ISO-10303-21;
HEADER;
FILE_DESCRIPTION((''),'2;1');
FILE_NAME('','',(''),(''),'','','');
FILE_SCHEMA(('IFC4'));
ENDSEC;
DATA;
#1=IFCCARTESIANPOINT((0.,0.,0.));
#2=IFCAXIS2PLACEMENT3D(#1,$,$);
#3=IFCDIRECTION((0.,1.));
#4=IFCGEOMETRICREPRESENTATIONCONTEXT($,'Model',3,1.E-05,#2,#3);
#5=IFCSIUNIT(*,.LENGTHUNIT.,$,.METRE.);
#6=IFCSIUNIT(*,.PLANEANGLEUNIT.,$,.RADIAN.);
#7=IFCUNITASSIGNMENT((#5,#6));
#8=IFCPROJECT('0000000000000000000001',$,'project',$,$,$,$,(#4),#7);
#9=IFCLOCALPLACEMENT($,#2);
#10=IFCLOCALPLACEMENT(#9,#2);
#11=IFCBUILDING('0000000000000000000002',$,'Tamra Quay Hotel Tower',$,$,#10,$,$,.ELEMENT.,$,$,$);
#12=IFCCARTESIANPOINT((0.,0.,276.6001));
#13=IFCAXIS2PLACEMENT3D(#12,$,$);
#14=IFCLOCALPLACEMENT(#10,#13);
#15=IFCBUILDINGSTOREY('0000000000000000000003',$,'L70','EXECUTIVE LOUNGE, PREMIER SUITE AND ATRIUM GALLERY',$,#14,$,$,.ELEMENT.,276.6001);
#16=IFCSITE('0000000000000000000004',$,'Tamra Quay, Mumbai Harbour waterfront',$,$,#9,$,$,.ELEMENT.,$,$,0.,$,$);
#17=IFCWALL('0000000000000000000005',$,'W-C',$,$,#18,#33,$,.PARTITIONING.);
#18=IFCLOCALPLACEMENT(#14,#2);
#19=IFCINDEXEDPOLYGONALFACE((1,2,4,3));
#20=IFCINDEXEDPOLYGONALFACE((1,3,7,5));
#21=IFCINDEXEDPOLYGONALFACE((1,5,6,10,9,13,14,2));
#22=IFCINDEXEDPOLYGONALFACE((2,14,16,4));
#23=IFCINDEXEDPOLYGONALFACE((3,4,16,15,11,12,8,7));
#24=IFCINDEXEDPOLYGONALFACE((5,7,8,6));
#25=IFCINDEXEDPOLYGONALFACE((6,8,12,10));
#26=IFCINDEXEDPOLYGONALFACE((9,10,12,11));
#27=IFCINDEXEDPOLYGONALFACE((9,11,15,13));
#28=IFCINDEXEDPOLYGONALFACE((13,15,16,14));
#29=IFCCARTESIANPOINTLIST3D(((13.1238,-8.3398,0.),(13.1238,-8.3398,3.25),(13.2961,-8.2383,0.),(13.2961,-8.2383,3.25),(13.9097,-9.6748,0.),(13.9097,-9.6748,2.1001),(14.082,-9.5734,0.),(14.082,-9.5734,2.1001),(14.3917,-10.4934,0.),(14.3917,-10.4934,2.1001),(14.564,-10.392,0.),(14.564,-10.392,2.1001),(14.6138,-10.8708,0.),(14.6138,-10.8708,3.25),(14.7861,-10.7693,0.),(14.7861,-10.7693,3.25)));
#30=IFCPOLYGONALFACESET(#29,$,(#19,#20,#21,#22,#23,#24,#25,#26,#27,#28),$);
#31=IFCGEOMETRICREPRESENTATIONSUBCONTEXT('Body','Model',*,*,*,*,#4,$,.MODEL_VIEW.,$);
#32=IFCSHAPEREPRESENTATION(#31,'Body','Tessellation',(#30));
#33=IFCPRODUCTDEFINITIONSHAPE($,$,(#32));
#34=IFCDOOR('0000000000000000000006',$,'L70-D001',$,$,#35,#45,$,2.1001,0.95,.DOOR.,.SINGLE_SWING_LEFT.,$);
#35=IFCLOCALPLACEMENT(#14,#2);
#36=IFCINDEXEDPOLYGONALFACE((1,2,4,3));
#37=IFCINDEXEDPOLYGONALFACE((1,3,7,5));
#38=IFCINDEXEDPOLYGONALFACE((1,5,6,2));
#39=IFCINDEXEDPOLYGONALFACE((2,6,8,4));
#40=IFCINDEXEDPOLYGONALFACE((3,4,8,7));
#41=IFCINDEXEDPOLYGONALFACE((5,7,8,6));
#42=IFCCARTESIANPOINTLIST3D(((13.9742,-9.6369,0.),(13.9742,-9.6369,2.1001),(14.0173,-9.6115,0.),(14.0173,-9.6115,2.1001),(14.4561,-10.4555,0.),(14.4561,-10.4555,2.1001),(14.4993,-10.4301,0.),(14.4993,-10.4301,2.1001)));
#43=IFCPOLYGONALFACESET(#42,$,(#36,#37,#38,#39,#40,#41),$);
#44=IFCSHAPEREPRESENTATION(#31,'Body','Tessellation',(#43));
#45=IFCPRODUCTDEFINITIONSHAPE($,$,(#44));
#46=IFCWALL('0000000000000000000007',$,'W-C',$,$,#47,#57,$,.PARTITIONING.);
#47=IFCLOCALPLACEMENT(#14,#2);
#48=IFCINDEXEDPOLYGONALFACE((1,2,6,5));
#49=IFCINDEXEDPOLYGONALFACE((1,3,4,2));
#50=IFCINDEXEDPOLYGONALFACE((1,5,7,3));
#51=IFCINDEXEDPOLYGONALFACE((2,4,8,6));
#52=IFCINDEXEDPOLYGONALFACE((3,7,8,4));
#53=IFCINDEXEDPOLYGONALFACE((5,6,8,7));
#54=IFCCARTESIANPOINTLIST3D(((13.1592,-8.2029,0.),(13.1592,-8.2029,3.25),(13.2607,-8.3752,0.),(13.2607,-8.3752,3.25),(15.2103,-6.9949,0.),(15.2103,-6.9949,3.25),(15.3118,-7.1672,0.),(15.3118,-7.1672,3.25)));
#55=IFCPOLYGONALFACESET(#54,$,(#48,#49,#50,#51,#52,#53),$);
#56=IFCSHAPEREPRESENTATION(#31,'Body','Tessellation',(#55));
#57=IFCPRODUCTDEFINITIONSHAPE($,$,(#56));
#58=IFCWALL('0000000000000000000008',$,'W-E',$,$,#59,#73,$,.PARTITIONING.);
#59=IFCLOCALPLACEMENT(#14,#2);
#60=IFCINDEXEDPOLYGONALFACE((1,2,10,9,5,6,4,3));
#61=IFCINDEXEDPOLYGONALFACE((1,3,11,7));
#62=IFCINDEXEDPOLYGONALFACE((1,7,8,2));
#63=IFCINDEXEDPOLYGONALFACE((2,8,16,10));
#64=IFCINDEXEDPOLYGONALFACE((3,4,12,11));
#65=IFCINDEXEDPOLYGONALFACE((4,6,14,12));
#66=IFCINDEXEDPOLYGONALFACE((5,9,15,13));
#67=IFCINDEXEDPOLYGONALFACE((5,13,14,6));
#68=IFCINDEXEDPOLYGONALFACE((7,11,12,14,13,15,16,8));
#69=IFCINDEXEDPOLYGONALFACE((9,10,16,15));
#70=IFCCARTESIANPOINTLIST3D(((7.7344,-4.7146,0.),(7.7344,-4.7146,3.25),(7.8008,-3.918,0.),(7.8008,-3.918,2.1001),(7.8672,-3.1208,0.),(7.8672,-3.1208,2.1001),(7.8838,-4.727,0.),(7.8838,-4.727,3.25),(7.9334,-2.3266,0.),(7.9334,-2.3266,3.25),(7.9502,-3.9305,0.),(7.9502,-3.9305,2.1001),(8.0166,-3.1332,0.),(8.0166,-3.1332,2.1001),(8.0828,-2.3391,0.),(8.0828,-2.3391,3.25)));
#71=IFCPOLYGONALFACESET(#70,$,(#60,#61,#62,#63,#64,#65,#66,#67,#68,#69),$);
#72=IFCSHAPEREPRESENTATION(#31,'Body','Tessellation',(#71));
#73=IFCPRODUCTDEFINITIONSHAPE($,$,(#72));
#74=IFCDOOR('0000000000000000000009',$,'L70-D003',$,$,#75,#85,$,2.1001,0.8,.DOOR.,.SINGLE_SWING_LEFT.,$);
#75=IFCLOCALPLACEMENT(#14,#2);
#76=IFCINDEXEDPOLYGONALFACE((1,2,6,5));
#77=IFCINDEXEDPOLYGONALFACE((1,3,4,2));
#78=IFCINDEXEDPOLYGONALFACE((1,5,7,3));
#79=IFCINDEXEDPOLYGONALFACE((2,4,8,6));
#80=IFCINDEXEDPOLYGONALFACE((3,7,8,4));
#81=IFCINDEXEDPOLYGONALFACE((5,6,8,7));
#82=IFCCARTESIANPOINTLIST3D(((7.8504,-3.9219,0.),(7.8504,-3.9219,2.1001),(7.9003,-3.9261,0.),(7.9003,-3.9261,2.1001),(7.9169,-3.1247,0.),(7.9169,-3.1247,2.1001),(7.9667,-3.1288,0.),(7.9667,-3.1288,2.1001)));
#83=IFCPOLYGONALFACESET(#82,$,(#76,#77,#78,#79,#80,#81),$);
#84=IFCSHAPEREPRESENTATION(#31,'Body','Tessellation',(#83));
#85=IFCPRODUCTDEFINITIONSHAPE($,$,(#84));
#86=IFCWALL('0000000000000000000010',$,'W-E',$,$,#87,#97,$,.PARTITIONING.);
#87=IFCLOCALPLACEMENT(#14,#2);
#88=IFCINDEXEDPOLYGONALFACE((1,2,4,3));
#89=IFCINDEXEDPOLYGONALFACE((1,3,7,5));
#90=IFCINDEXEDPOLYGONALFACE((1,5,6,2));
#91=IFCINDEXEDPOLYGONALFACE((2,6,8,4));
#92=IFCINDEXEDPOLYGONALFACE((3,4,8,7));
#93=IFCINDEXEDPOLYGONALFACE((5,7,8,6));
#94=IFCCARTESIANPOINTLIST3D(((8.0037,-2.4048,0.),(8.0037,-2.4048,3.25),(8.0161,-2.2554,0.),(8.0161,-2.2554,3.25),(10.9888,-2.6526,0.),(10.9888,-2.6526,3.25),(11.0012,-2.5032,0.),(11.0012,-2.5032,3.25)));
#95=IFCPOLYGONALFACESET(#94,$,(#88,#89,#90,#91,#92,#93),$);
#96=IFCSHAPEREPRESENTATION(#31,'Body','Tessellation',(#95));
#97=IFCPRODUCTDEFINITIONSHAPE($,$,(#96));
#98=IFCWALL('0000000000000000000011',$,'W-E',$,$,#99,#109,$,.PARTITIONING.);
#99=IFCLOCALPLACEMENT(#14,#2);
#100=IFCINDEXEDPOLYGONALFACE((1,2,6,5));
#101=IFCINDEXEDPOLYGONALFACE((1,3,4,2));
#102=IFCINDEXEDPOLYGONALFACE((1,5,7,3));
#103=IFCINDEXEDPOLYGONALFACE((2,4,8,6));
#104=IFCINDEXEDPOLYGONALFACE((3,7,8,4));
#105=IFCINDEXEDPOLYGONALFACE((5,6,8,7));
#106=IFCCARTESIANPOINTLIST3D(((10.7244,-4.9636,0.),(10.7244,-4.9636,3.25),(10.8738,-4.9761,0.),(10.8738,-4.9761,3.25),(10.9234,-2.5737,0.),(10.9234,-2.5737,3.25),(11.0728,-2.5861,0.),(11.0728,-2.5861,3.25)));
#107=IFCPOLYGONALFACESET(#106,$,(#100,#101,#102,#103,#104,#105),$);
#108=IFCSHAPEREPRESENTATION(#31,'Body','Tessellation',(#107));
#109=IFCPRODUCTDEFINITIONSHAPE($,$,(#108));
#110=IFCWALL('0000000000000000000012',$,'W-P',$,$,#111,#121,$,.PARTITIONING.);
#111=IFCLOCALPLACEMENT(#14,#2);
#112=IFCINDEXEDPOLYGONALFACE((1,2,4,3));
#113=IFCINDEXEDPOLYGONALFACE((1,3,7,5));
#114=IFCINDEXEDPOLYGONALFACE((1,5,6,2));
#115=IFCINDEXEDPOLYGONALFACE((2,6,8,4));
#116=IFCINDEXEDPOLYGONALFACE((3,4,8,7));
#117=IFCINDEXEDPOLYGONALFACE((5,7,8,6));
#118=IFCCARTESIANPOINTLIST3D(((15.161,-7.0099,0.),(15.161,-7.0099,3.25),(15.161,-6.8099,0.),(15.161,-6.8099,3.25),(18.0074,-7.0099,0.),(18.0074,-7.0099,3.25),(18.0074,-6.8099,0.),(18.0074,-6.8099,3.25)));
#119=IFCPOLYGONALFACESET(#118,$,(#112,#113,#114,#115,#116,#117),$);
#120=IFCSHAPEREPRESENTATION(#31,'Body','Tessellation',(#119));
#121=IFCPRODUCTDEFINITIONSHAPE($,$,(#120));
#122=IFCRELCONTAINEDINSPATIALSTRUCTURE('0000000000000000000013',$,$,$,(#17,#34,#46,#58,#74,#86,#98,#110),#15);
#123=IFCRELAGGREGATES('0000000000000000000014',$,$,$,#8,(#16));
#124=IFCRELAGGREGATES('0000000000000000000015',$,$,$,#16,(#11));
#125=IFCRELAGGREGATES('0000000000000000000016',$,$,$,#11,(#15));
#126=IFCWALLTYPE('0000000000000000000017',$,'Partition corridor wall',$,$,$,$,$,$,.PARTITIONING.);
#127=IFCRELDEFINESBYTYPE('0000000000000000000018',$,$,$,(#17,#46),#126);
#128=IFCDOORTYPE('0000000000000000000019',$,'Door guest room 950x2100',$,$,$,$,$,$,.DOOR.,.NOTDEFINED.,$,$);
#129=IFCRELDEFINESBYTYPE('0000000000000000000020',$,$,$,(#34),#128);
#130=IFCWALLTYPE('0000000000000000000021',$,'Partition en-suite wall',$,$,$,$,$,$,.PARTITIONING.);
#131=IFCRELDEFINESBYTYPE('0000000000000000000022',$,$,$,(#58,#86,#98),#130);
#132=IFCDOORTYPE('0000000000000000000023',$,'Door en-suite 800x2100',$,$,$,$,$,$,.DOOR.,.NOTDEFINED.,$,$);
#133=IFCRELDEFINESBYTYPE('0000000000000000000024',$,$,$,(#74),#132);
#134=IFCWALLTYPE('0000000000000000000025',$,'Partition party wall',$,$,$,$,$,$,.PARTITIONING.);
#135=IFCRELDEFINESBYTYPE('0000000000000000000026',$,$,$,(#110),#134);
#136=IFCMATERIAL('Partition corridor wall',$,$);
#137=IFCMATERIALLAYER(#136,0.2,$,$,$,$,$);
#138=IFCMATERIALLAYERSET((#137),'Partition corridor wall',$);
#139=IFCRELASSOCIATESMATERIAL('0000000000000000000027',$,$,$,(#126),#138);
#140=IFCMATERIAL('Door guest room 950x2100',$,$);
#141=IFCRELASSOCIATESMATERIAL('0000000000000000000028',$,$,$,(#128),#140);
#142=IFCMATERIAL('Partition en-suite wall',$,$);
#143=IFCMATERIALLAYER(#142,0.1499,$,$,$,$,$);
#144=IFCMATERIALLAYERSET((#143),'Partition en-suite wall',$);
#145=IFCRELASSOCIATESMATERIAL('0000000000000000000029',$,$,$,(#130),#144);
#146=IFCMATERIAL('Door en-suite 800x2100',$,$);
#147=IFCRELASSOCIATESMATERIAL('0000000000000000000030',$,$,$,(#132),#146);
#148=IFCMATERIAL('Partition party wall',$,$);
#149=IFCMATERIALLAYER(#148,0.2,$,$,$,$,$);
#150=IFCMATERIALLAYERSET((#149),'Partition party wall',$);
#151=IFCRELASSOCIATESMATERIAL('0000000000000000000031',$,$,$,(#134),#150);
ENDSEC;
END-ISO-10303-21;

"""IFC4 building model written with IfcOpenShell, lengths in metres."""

from ifc_helpers import new_model, si_unit, direction, frame, frame_2d, origin, place, context, subcontext, project, spatial, rectangle, extrude, material, layer, layer_set, type_object, element, fill, save


model = new_model("IFC4")

# Units and contexts
model_context = context("Model", 3, precision=1e-05, world=origin(), true_north=direction((0.0, 1.0)))
body_context = subcontext(model_context, "Body", "Model", "MODEL_VIEW")
ifc_project = project(units=[si_unit("LENGTHUNIT", "METRE"), si_unit("PLANEANGLEUNIT", "RADIAN")], contexts=[model_context])

# Site, building, storey
site_placement = place(None, origin())
site = spatial("IfcSite", under=ifc_project, at=site_placement, Name="Tamra Quay, Mumbai Harbour waterfront", CompositionType="ELEMENT", RefElevation=0.0)
building_placement = place(site_placement, origin())
building = spatial("IfcBuilding", under=site, at=building_placement, Name="Tamra Quay Hotel Tower", CompositionType="ELEMENT")
storey_placement = place(building_placement, frame((0.0, 0.0, 276.6001)))
storey = spatial("IfcBuildingStorey", under=building, at=storey_placement, Name="L70", Description="EXECUTIVE LOUNGE, PREMIER SUITE AND ATRIUM GALLERY", CompositionType="ELEMENT", Elevation=276.6001)

# Shared definitions
ifc_material_1 = material(Name="Partition corridor wall")
ifc_layer_1 = layer(ifc_material_1, 0.2)
ifc_layer_set_1 = layer_set([ifc_layer_1], Name="Partition corridor wall")
wall_type_1 = type_object("IfcWallType", Name="Partition corridor wall", PredefinedType="PARTITIONING", material=ifc_layer_set_1)

# Wall, opening, door
wall_1_placement = place(storey_placement, frame((13.21, -8.2891, 0.0), z_axis=(0.0, 0.0, 1.0), x_axis=(0.507314, -0.861761, 0.0)))
wall_1 = element("IfcWall", 1, at=wall_1_placement, inside=storey, type_object=wall_type_1, Name="W-C", PredefinedType="PARTITIONING", context=body_context, shape_type="SweptSolid", body=[
    extrude(rectangle(XDim=2.937, YDim=0.2, at=frame_2d((1.4685, 0.0))), origin(), (0.0, 0.0, 1.0), 3.25),
])
opening_1_placement = place(wall_1_placement, frame((1.5491, 0.0, 0.0)))
opening_1 = element("IfcOpeningElement", 2, at=opening_1_placement, cuts=wall_1, PredefinedType="OPENING", context=body_context, shape_type="SweptSolid", body=[
    extrude(rectangle(XDim=0.95, YDim=2.1001, at=frame_2d((0.4751, 1.05))), frame((0.0, 0.1099, 0.0), z_axis=(0.0, -1.0, 0.0), x_axis=(1.0, 0.0, 0.0)), (0.0, 0.0, 1.0), 0.22),
])
ifc_material_2 = material(Name="Door guest room 950x2100")
door_type_1 = type_object("IfcDoorType", Name="Door guest room 950x2100", OperationType="NOTDEFINED", PredefinedType="DOOR", material=ifc_material_2)
door_1_placement = place(opening_1_placement, origin())
door_1 = element("IfcDoor", 3, at=door_1_placement, inside=storey, type_object=door_type_1, Name="L70-D001", OperationType="SINGLE_SWING_LEFT", OverallHeight=2.1001, OverallWidth=0.95, PredefinedType="DOOR", context=body_context, shape_type="SweptSolid", body=[
    extrude(rectangle(XDim=0.95, YDim=2.1001, at=frame_2d((0.4751, 1.05))), frame((0.0, 0.0249, 0.0), z_axis=(0.0, -1.0, 0.0), x_axis=(1.0, 0.0, 0.0)), (0.0, 0.0, 1.0), 0.05),
])
fill(opening_1, door_1)

# Wall
wall_2_placement = place(storey_placement, frame((13.21, -8.2891, 0.0), z_axis=(0.0, 0.0, 1.0), x_axis=(0.861655, 0.507495, 0.0)))
element("IfcWall", 4, at=wall_2_placement, inside=storey, type_object=wall_type_1, Name="W-C", PredefinedType="PARTITIONING", context=body_context, shape_type="SweptSolid", body=[
    extrude(rectangle(XDim=2.3804, YDim=0.2, at=frame_2d((1.1902, 0.0))), origin(), (0.0, 0.0, 1.0), 3.25),
])

# Wall, opening, door
ifc_material_3 = material(Name="Partition en-suite wall")
ifc_layer_2 = layer(ifc_material_3, 0.1499)
ifc_layer_set_2 = layer_set([ifc_layer_2], Name="Partition en-suite wall")
wall_type_2 = type_object("IfcWallType", Name="Partition en-suite wall", PredefinedType="PARTITIONING", material=ifc_layer_set_2)
wall_3_placement = place(storey_placement, frame((7.8091, -4.7209, 0.0), z_axis=(0.0, 0.0, 1.0), x_axis=(0.083037, 0.996546, 0.0)))
wall_3 = element("IfcWall", 5, at=wall_3_placement, inside=storey, type_object=wall_type_2, Name="W-E", PredefinedType="PARTITIONING", context=body_context, shape_type="SweptSolid", body=[
    extrude(rectangle(XDim=2.3962, YDim=0.1499, at=frame_2d((1.1982, 0.0))), origin(), (0.0, 0.0, 1.0), 3.25),
])
opening_2_placement = place(wall_3_placement, frame((0.7996, 0.0, 0.0)))
opening_2 = element("IfcOpeningElement", 6, at=opening_2_placement, cuts=wall_3, PredefinedType="OPENING", context=body_context, shape_type="SweptSolid", body=[
    extrude(rectangle(XDim=0.8, YDim=2.1001, at=frame_2d((0.3999, 1.05))), frame((0.0, 0.085, 0.0), z_axis=(0.0, -1.0, 0.0), x_axis=(1.0, 0.0, 0.0)), (0.0, 0.0, 1.0), 0.1699),
])
ifc_material_4 = material(Name="Door en-suite 800x2100")
door_type_2 = type_object("IfcDoorType", Name="Door en-suite 800x2100", OperationType="NOTDEFINED", PredefinedType="DOOR", material=ifc_material_4)
door_2_placement = place(opening_2_placement, frame((0.8, 0.0, 0.0), z_axis=(0.0, 0.0, 1.0), x_axis=(-1.0, 0.0, 0.0)))
door_2 = element("IfcDoor", 7, at=door_2_placement, inside=storey, type_object=door_type_2, Name="L70-D003", OperationType="SINGLE_SWING_LEFT", OverallHeight=2.1001, OverallWidth=0.8, PredefinedType="DOOR", context=body_context, shape_type="SweptSolid", body=[
    extrude(rectangle(XDim=0.8, YDim=2.1001, at=frame_2d((0.3999, 1.05))), frame((0.0, 0.0249, 0.0), z_axis=(0.0, -1.0, 0.0), x_axis=(1.0, 0.0, 0.0)), (0.0, 0.0, 1.0), 0.05),
])
fill(opening_2, door_2)

# Walls
wall_4_placement = place(storey_placement, frame((8.01, -2.3301, 0.0), z_axis=(0.0, 0.0, 1.0), x_axis=(0.996572, -0.082728, 0.0)))
element("IfcWall", 8, at=wall_4_placement, inside=storey, type_object=wall_type_2, Name="W-E", PredefinedType="PARTITIONING", context=body_context, shape_type="SweptSolid", body=[
    extrude(rectangle(XDim=2.9954, YDim=0.1499, at=frame_2d((1.4976, 0.0))), origin(), (0.0, 0.0, 1.0), 3.25),
])
wall_5_placement = place(storey_placement, frame((10.7991, -4.97, 0.0), z_axis=(0.0, 0.0, 1.0), x_axis=(0.08297, 0.996552, 0.0)))
element("IfcWall", 9, at=wall_5_placement, inside=storey, type_object=wall_type_2, Name="W-E", PredefinedType="PARTITIONING", context=body_context, shape_type="SweptSolid", body=[
    extrude(rectangle(XDim=2.3982, YDim=0.1499, at=frame_2d((1.1992, 0.0))), origin(), (0.0, 0.0, 1.0), 3.25),
])
ifc_material_5 = material(Name="Partition party wall")
ifc_layer_3 = layer(ifc_material_5, 0.2)
ifc_layer_set_3 = layer_set([ifc_layer_3], Name="Partition party wall")
wall_type_3 = type_object("IfcWallType", Name="Partition party wall", PredefinedType="PARTITIONING", material=ifc_layer_set_3)
wall_6_placement = place(storey_placement, frame((15.1609, -6.9099, 0.0), z_axis=(0.0, 0.0, 1.0), x_axis=(1.0, 0.0, 0.0)))
element("IfcWall", 10, at=wall_6_placement, inside=storey, type_object=wall_type_3, Name="W-P", PredefinedType="PARTITIONING", context=body_context, shape_type="SweptSolid", body=[
    extrude(rectangle(XDim=2.8464, YDim=0.2, at=frame_2d((1.4233, 0.0))), origin(), (0.0, 0.0, 1.0), 3.25),
])

save(model, "model.ifc")
